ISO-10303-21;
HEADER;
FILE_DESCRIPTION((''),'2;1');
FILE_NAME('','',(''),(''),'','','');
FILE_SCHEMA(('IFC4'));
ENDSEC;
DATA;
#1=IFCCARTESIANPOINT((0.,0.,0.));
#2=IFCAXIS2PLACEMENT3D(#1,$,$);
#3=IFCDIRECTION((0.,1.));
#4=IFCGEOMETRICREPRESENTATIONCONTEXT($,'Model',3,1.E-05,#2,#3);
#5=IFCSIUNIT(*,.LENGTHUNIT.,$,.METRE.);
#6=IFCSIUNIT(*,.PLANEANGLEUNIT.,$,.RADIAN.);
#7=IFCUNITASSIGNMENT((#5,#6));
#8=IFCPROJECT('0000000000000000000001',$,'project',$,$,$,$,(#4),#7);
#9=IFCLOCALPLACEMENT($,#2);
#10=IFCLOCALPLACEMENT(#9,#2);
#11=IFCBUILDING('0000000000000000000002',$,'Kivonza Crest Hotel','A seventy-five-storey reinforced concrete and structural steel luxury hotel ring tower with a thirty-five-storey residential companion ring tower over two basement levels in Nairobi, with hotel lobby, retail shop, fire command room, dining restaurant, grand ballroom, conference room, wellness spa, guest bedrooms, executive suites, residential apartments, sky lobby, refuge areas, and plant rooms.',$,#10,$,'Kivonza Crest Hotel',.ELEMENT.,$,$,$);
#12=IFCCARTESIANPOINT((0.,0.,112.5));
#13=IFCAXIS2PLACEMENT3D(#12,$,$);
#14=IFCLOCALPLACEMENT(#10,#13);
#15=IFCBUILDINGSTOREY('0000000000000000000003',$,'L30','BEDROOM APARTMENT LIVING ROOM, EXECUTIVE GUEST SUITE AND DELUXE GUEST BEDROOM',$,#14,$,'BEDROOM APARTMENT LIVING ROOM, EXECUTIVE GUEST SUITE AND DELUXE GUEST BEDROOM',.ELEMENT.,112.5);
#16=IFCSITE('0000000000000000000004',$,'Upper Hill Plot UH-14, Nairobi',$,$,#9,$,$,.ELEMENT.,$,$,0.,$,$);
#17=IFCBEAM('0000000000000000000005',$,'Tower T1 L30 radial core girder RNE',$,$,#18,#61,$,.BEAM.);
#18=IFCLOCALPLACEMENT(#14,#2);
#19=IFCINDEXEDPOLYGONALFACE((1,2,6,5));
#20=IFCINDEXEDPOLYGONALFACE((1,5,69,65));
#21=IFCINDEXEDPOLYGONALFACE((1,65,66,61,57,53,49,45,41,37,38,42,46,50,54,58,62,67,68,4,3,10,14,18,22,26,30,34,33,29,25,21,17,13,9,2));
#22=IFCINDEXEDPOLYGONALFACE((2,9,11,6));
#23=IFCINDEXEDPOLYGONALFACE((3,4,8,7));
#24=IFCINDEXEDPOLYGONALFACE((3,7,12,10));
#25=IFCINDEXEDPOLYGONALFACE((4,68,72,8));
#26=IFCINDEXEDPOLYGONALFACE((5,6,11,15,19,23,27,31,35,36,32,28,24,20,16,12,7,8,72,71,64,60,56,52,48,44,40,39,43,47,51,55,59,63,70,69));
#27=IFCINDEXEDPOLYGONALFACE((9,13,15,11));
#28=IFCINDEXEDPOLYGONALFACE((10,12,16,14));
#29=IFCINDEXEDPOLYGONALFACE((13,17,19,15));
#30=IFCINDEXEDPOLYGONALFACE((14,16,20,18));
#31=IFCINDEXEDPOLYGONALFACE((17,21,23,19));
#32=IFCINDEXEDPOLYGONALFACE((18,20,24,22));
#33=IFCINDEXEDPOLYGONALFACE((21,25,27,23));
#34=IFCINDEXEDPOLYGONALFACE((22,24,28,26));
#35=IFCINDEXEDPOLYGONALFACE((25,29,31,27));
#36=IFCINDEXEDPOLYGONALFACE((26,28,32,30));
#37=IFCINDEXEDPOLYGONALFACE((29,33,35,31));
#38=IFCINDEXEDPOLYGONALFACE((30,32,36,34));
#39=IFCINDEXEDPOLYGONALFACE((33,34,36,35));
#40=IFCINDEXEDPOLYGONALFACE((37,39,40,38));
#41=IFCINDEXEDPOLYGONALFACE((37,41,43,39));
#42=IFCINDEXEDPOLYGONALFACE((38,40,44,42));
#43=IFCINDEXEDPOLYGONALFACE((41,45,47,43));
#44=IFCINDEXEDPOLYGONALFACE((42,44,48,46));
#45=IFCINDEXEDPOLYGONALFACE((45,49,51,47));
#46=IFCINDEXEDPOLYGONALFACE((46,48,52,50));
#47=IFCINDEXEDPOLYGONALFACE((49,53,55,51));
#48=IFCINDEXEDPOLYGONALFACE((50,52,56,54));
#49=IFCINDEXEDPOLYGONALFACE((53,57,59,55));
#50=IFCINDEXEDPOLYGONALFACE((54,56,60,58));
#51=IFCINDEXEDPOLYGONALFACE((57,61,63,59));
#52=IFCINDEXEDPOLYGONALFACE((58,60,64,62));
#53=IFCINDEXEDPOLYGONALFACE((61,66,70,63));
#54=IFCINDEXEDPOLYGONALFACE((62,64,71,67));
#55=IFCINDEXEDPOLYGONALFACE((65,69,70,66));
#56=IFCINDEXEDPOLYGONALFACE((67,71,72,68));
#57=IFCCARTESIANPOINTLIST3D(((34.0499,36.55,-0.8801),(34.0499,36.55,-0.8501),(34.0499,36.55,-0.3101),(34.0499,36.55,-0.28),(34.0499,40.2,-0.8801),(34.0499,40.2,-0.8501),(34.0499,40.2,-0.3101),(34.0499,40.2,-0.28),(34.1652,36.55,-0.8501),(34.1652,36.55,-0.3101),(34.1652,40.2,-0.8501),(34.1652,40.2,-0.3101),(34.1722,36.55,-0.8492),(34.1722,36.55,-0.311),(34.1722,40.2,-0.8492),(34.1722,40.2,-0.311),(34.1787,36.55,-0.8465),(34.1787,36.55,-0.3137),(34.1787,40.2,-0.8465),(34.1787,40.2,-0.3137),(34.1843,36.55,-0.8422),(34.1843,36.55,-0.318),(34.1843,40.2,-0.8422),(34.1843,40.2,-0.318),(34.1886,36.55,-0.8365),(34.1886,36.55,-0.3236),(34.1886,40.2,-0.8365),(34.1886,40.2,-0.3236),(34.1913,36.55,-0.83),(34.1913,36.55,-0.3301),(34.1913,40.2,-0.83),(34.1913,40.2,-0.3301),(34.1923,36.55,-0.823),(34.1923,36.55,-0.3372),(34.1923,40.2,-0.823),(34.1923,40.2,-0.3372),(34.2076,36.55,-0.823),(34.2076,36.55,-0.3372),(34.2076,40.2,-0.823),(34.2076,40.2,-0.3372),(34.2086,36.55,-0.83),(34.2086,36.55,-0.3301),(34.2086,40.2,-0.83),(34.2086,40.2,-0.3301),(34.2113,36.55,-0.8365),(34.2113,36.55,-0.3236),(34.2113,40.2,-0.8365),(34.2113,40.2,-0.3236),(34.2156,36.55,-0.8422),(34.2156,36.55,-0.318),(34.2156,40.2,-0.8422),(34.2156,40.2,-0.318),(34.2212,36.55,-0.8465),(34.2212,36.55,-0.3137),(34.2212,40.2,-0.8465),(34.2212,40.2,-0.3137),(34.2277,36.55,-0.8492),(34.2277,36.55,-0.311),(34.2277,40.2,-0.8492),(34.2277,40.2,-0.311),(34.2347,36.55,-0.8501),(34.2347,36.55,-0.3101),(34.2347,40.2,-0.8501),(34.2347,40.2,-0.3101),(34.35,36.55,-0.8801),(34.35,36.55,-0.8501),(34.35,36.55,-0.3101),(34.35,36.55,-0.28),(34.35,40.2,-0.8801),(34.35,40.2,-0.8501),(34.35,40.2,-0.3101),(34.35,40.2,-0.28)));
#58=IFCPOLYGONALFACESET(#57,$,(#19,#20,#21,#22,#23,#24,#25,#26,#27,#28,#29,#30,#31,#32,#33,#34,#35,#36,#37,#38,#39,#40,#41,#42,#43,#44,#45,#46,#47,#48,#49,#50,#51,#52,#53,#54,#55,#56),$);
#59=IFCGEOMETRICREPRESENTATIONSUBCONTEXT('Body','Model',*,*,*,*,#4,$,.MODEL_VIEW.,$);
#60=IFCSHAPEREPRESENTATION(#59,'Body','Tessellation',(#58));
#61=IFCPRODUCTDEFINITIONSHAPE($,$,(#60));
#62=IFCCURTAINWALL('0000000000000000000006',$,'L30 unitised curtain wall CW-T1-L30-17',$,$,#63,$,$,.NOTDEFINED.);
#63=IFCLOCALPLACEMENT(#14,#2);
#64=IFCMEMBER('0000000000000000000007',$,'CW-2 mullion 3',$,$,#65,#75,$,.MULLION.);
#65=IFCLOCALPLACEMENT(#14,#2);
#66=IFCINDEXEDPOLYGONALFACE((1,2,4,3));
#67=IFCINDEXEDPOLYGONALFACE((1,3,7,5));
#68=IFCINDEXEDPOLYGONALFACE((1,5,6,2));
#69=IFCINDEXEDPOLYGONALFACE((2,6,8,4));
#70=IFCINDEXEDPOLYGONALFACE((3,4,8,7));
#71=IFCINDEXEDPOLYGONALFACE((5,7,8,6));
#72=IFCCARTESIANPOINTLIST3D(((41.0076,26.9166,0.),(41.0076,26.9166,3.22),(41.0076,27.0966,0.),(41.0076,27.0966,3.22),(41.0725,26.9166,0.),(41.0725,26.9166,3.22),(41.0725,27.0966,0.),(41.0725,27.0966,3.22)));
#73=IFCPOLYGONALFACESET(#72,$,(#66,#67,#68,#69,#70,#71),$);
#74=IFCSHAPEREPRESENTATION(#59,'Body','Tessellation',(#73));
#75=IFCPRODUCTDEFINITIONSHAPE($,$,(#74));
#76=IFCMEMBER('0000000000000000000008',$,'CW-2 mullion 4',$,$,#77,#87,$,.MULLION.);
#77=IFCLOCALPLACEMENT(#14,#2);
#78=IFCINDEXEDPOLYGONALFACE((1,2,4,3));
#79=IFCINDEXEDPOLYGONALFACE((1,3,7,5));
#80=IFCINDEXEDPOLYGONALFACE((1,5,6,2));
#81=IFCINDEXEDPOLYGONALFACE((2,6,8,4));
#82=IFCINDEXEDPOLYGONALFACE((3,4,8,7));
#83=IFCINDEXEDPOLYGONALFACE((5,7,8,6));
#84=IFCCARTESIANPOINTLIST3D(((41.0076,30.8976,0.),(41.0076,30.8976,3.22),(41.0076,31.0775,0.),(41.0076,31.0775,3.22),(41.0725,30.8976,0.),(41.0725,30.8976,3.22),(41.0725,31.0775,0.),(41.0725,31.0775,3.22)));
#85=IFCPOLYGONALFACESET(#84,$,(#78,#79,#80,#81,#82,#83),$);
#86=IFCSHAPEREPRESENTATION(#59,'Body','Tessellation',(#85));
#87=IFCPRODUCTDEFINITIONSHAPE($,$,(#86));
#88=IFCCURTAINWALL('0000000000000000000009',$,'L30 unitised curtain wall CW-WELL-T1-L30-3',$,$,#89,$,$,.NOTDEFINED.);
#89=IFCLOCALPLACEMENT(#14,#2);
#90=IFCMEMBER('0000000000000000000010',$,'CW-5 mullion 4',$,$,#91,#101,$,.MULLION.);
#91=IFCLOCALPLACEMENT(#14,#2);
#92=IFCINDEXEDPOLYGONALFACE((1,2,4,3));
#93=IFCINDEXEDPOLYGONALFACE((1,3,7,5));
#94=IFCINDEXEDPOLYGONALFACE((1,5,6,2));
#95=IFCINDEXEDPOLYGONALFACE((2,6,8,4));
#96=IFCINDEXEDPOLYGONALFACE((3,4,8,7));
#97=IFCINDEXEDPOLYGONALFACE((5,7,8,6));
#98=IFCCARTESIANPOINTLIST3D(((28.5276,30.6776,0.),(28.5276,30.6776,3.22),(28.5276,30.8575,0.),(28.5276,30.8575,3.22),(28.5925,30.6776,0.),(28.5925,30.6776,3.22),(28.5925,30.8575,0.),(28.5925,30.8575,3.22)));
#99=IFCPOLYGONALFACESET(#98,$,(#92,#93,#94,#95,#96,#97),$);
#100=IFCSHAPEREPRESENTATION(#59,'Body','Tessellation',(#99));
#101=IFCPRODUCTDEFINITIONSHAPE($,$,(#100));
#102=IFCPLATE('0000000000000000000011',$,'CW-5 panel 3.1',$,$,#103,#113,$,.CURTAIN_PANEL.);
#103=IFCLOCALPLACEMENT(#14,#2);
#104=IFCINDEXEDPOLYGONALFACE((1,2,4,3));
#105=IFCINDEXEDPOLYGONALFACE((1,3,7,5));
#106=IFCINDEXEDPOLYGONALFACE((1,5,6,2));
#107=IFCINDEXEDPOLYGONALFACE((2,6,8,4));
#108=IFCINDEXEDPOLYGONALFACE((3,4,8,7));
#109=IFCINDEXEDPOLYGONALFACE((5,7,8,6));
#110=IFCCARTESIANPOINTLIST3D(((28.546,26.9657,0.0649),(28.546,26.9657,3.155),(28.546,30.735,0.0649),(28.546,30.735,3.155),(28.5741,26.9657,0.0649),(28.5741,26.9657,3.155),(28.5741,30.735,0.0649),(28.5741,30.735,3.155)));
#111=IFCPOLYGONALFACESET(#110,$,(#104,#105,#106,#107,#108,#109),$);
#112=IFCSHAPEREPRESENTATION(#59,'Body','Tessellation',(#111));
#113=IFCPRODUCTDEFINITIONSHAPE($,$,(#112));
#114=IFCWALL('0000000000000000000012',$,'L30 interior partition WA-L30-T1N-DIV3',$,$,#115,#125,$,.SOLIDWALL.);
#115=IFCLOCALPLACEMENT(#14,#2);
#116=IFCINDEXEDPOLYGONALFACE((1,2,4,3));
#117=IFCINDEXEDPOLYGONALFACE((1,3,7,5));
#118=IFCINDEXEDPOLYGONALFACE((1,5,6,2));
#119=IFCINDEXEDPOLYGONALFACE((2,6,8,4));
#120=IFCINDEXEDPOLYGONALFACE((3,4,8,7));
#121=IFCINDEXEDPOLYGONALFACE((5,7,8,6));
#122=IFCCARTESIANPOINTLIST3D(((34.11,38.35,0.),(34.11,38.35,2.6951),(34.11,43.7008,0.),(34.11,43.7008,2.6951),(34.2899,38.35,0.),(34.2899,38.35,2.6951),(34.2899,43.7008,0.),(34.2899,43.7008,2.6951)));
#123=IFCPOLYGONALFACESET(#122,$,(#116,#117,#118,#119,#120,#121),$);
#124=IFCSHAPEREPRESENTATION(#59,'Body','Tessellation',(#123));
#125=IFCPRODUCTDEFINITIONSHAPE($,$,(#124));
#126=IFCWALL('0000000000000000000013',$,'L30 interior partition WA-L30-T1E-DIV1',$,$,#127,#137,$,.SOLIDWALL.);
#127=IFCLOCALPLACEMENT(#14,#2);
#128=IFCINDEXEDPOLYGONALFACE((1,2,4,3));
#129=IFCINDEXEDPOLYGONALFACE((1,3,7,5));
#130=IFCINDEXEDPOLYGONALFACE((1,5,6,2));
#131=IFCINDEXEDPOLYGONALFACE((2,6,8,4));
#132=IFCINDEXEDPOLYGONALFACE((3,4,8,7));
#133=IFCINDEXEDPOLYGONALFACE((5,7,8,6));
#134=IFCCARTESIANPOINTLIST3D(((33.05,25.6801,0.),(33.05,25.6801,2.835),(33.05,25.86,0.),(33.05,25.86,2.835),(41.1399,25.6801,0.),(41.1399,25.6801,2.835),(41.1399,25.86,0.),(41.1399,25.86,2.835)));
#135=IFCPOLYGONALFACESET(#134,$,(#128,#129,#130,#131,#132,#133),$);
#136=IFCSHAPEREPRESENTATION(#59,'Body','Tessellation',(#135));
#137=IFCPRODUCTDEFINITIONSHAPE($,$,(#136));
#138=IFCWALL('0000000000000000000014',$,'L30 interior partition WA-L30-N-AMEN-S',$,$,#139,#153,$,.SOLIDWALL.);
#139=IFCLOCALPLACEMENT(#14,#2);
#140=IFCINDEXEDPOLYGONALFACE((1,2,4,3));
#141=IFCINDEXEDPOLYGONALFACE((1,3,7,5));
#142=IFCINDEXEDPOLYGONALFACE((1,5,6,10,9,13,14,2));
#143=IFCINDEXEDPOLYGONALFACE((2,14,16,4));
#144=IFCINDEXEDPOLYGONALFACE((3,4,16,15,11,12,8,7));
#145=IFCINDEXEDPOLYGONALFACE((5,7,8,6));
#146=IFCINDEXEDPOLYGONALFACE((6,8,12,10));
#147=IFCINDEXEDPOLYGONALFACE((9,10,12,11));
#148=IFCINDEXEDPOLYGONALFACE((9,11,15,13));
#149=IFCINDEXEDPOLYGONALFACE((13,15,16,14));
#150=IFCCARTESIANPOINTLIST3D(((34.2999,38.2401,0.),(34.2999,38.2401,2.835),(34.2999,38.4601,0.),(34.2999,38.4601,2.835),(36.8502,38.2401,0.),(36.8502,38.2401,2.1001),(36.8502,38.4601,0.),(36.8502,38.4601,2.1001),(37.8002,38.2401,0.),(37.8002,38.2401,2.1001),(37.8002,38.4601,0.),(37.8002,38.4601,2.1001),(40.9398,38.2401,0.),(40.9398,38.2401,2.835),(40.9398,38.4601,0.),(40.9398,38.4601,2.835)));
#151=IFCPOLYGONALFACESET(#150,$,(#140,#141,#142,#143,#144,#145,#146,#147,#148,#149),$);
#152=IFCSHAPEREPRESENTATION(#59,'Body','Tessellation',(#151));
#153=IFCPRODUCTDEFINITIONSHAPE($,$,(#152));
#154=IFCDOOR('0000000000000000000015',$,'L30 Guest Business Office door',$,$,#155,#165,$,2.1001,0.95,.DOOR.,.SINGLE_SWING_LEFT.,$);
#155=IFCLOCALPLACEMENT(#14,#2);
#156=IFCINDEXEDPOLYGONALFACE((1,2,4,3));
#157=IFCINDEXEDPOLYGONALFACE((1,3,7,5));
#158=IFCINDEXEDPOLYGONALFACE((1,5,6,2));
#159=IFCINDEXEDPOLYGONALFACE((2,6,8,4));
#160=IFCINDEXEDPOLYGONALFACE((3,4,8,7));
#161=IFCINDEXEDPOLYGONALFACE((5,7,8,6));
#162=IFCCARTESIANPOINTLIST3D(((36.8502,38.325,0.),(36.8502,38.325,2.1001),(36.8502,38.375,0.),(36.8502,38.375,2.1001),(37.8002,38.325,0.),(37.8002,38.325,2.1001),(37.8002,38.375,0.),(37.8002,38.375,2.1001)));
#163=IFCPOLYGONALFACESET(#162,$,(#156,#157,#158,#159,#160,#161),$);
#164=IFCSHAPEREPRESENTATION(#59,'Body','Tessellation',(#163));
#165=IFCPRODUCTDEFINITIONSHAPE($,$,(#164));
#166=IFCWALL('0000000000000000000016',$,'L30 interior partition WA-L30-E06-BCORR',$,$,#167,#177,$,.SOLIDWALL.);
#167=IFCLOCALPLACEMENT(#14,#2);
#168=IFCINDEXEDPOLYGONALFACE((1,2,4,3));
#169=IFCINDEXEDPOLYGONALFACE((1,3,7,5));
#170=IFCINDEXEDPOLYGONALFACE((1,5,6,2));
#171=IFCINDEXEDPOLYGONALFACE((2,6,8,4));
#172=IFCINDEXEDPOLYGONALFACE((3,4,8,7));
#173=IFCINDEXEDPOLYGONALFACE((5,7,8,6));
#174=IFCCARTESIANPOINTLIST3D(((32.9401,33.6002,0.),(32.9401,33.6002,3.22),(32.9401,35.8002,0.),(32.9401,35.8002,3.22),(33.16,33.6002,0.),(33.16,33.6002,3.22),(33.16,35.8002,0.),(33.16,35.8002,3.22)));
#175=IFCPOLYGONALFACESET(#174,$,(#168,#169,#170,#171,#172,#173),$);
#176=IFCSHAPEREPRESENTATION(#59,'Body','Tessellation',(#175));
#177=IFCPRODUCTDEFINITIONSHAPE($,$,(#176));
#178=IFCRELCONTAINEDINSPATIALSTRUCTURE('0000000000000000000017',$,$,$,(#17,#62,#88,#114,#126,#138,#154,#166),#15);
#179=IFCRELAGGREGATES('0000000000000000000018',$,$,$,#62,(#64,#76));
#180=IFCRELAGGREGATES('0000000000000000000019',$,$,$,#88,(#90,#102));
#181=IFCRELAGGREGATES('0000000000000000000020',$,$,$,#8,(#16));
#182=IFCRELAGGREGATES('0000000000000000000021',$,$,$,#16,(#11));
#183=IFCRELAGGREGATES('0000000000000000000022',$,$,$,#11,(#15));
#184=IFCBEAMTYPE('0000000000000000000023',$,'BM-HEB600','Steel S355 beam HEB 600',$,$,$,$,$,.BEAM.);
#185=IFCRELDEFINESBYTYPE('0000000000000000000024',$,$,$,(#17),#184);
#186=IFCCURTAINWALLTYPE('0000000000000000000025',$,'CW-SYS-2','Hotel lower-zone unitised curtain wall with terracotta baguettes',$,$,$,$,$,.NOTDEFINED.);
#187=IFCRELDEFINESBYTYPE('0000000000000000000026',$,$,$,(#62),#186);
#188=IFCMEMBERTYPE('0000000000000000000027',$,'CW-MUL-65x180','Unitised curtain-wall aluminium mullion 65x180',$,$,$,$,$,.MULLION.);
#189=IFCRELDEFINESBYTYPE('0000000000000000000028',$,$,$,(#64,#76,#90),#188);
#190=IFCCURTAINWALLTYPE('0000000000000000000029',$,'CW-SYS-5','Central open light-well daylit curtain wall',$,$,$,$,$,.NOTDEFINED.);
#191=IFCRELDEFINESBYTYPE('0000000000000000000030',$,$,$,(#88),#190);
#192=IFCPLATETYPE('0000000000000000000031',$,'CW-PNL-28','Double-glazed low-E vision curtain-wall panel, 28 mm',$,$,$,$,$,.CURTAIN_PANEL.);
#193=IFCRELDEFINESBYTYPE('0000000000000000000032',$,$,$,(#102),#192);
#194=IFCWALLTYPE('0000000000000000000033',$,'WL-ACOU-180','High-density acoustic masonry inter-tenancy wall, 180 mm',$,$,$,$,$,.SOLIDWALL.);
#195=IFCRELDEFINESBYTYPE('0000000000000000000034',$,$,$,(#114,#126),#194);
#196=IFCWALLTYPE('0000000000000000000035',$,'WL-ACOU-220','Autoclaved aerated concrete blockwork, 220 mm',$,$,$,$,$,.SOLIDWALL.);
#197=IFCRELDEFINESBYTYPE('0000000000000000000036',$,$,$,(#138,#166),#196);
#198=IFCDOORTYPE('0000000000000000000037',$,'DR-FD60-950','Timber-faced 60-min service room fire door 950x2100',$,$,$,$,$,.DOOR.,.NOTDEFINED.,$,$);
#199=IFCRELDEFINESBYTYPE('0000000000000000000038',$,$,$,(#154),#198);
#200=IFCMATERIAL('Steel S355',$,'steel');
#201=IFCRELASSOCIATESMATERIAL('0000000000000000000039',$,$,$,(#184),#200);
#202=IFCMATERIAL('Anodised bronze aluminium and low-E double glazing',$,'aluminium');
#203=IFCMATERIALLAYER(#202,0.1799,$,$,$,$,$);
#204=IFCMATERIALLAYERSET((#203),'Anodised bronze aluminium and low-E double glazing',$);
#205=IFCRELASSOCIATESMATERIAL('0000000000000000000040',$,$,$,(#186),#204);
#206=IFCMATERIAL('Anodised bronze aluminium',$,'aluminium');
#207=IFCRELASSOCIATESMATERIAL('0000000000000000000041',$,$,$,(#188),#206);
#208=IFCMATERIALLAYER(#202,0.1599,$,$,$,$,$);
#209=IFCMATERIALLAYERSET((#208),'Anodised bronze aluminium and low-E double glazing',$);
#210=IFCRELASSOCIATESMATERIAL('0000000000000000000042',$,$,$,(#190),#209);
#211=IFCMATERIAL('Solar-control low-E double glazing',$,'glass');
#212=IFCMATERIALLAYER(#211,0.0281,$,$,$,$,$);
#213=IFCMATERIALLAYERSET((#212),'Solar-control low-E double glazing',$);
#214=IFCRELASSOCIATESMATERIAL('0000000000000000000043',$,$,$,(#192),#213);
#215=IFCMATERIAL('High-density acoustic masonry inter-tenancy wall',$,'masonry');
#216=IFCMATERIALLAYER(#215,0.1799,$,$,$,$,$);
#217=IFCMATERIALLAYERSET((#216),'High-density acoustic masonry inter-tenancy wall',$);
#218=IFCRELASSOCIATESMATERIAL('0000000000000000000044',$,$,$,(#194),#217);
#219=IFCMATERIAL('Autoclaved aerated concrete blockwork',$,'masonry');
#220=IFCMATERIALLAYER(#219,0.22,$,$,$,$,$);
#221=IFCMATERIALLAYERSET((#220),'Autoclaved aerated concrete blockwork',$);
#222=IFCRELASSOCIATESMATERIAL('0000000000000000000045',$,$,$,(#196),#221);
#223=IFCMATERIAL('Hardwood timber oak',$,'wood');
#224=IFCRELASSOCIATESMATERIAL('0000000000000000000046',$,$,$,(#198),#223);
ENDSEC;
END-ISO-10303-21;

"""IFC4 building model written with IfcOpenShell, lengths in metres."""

from ifc_helpers import new_model, si_unit, direction, frame, frame_2d, origin, origin_2d, place, context, subcontext, project, spatial, rectangle, i_section, extrude, material, layer, layer_set, material_profile, profile_set, type_object, element, fill, aggregate, save


model = new_model("IFC4")

# Units and contexts
model_context = context("Model", 3, precision=1e-05, world=origin(), true_north=direction((0.0, 1.0)))
body_context = subcontext(model_context, "Body", "Model", "MODEL_VIEW")
ifc_project = project(units=[si_unit("LENGTHUNIT", "METRE"), si_unit("PLANEANGLEUNIT", "RADIAN")], contexts=[model_context])

# Site, building, storey
site_placement = place(None, origin())
site = spatial("IfcSite", under=ifc_project, at=site_placement, Name="Upper Hill Plot UH-14, Nairobi", CompositionType="ELEMENT", RefElevation=0.0)
building_placement = place(site_placement, origin())
building = spatial("IfcBuilding", under=site, at=building_placement, Name="Kivonza Crest Hotel", Description="A seventy-five-storey reinforced concrete and structural steel luxury hotel ring tower with a thirty-five-storey residential companion ring tower over two basement levels in Nairobi, with hotel lobby, retail shop, fire command room, dining restaurant, grand ballroom, conference room, wellness spa, guest bedrooms, executive suites, residential apartments, sky lobby, refuge areas, and plant rooms.", LongName="Kivonza Crest Hotel", CompositionType="ELEMENT")
storey_placement = place(building_placement, frame((0.0, 0.0, 112.5)))
storey = spatial("IfcBuildingStorey", under=building, at=storey_placement, Name="L30", Description="BEDROOM APARTMENT LIVING ROOM, EXECUTIVE GUEST SUITE AND DELUXE GUEST BEDROOM", LongName="BEDROOM APARTMENT LIVING ROOM, EXECUTIVE GUEST SUITE AND DELUXE GUEST BEDROOM", CompositionType="ELEMENT", Elevation=112.5)

# Beam
ifc_material_1 = material(Name="Steel S355", Category="steel")
ifc_material_profile_1 = material_profile(ifc_material_1, i_section(OverallWidth=0.3, OverallDepth=0.6001, WebThickness=0.0154, FlangeThickness=0.03, FilletRadius=0.0271, at=origin_2d()), Name="HEB 600")
ifc_profile_set_1 = profile_set([ifc_material_profile_1], Name="Steel S355")
beam_type_1 = type_object("IfcBeamType", Name="BM-HEB600", Description="Steel S355 beam HEB 600", PredefinedType="BEAM", material=ifc_profile_set_1)
beam_1_placement = place(storey_placement, frame((34.2, 40.2, -0.5801), z_axis=(0.0, -1.0, 0.0), x_axis=(1.0, 0.0, 0.0)))
element("IfcBeam", 1, at=beam_1_placement, inside=storey, type_object=beam_type_1, Name="Tower T1 L30 radial core girder RNE", PredefinedType="BEAM", context=body_context, shape_type="SweptSolid", body=[
    extrude(i_section(OverallWidth=0.3, OverallDepth=0.6001, WebThickness=0.0154, FlangeThickness=0.03, FilletRadius=0.0271, at=origin_2d()), origin(), (0.0, 0.0, 1.0), 3.6499),
])

# Curtain wall, members
ifc_material_2 = material(Name="Anodised bronze aluminium and low-E double glazing", Category="aluminium")
ifc_layer_1 = layer(ifc_material_2, 0.1799)
ifc_layer_set_1 = layer_set([ifc_layer_1], Name="Anodised bronze aluminium and low-E double glazing")
curtain_wall_type_1 = type_object("IfcCurtainWallType", Name="CW-SYS-2", Description="Hotel lower-zone unitised curtain wall with terracotta baguettes", PredefinedType="NOTDEFINED", material=ifc_layer_set_1)
curtain_wall_1_placement = place(storey_placement, origin())
curtain_wall_1 = element("IfcCurtainWall", 2, at=curtain_wall_1_placement, inside=storey, type_object=curtain_wall_type_1, Name="L30 unitised curtain wall CW-T1-L30-17", PredefinedType="NOTDEFINED")
ifc_material_3 = material(Name="Anodised bronze aluminium", Category="aluminium")
ifc_material_profile_2 = material_profile(ifc_material_3, rectangle(XDim=0.0649, YDim=0.1799, at=origin_2d()), Name="CW-M 65x180")
ifc_profile_set_2 = profile_set([ifc_material_profile_2], Name="Anodised bronze aluminium")
member_type = type_object("IfcMemberType", Name="CW-MUL-65x180", Description="Unitised curtain-wall aluminium mullion 65x180", PredefinedType="MULLION", material=ifc_profile_set_2)
member_1_placement = place(storey_placement, frame((41.04, 27.0066, 0.0), z_axis=(0.0, 0.0, 1.0), x_axis=(-1.0, 0.0, 0.0)))
member_1 = element("IfcMember", 3, at=member_1_placement, type_object=member_type, Name="CW-2 mullion 3", PredefinedType="MULLION", context=body_context, shape_type="SweptSolid", body=[
    extrude(rectangle(XDim=0.0649, YDim=0.1799, at=origin_2d()), origin(), (0.0, 0.0, 1.0), 3.22),
])
member_2_placement = place(storey_placement, frame((41.04, 30.9875, 0.0), z_axis=(0.0, 0.0, 1.0), x_axis=(-1.0, 0.0, 0.0)))
member_2 = element("IfcMember", 4, at=member_2_placement, type_object=member_type, Name="CW-2 mullion 4", PredefinedType="MULLION", context=body_context, shape_type="SweptSolid", body=[
    extrude(rectangle(XDim=0.0649, YDim=0.1799, at=origin_2d()), origin(), (0.0, 0.0, 1.0), 3.22),
])
aggregate(curtain_wall_1, [member_1, member_2])

# Curtain wall, member, plate
ifc_layer_2 = layer(ifc_material_2, 0.1599)
ifc_layer_set_2 = layer_set([ifc_layer_2], Name="Anodised bronze aluminium and low-E double glazing")
curtain_wall_type_2 = type_object("IfcCurtainWallType", Name="CW-SYS-5", Description="Central open light-well daylit curtain wall", PredefinedType="NOTDEFINED", material=ifc_layer_set_2)
curtain_wall_2_placement = place(storey_placement, origin())
curtain_wall_2 = element("IfcCurtainWall", 5, at=curtain_wall_2_placement, inside=storey, type_object=curtain_wall_type_2, Name="L30 unitised curtain wall CW-WELL-T1-L30-3", PredefinedType="NOTDEFINED")
member_3_placement = place(storey_placement, frame((28.5601, 30.7676, 0.0), z_axis=(0.0, 0.0, 1.0), x_axis=(-1.0, 0.0, 0.0)))
member_3 = element("IfcMember", 6, at=member_3_placement, type_object=member_type, Name="CW-5 mullion 4", PredefinedType="MULLION", context=body_context, shape_type="SweptSolid", body=[
    extrude(rectangle(XDim=0.0649, YDim=0.1799, at=origin_2d()), origin(), (0.0, 0.0, 1.0), 3.22),
])
ifc_material_4 = material(Name="Solar-control low-E double glazing", Category="glass")
ifc_layer_3 = layer(ifc_material_4, 0.0281)
ifc_layer_set_3 = layer_set([ifc_layer_3], Name="Solar-control low-E double glazing")
plate_type = type_object("IfcPlateType", Name="CW-PNL-28", Description="Double-glazed low-E vision curtain-wall panel, 28 mm", PredefinedType="CURTAIN_PANEL", material=ifc_layer_set_3)
plate_placement = place(storey_placement, frame((28.5601, 28.8503, 0.0649), z_axis=(0.0, 0.0, 1.0), x_axis=(0.0, 1.0, 0.0)))
plate = element("IfcPlate", 7, at=plate_placement, type_object=plate_type, Name="CW-5 panel 3.1", PredefinedType="CURTAIN_PANEL", context=body_context, shape_type="SweptSolid", body=[
    extrude(rectangle(XDim=3.7693, YDim=0.0281, at=origin_2d()), origin(), (0.0, 0.0, 1.0), 3.0901),
])
aggregate(curtain_wall_2, [member_3, plate])

# Walls
ifc_material_5 = material(Name="High-density acoustic masonry inter-tenancy wall", Category="masonry")
ifc_layer_4 = layer(ifc_material_5, 0.1799)
ifc_layer_set_4 = layer_set([ifc_layer_4], Name="High-density acoustic masonry inter-tenancy wall")
wall_type_1 = type_object("IfcWallType", Name="WL-ACOU-180", Description="High-density acoustic masonry inter-tenancy wall, 180 mm", PredefinedType="SOLIDWALL", material=ifc_layer_set_4)
wall_1_placement = place(storey_placement, frame((34.2, 38.3501, 0.0), z_axis=(0.0, 0.0, 1.0), x_axis=(0.0, 1.0, 0.0)))
element("IfcWall", 8, at=wall_1_placement, inside=storey, type_object=wall_type_1, Name="L30 interior partition WA-L30-T1N-DIV3", PredefinedType="SOLIDWALL", context=body_context, shape_type="SweptSolid", body=[
    extrude(rectangle(XDim=5.3508, YDim=0.1799, at=frame_2d((2.6753, 0.0))), origin(), (0.0, 0.0, 1.0), 2.6951),
])
wall_2_placement = place(storey_placement, frame((33.05, 25.77, 0.0), z_axis=(0.0, 0.0, 1.0), x_axis=(1.0, 0.0, 0.0)))
element("IfcWall", 9, at=wall_2_placement, inside=storey, type_object=wall_type_1, Name="L30 interior partition WA-L30-T1E-DIV1", PredefinedType="SOLIDWALL", context=body_context, shape_type="SweptSolid", body=[
    extrude(rectangle(XDim=8.0898, YDim=0.1799, at=frame_2d((4.0449, 0.0))), origin(), (0.0, 0.0, 1.0), 2.835),
])

# Wall, opening, door
ifc_material_6 = material(Name="Autoclaved aerated concrete blockwork", Category="masonry")
ifc_layer_5 = layer(ifc_material_6, 0.22)
ifc_layer_set_5 = layer_set([ifc_layer_5], Name="Autoclaved aerated concrete blockwork")
wall_type_2 = type_object("IfcWallType", Name="WL-ACOU-220", Description="Autoclaved aerated concrete blockwork, 220 mm", PredefinedType="SOLIDWALL", material=ifc_layer_set_5)
wall_3_placement = place(storey_placement, frame((34.3, 38.3501, 0.0), z_axis=(0.0, 0.0, 1.0), x_axis=(1.0, 0.0, 0.0)))
wall_3 = element("IfcWall", 10, at=wall_3_placement, inside=storey, type_object=wall_type_2, Name="L30 interior partition WA-L30-N-AMEN-S", PredefinedType="SOLIDWALL", context=body_context, shape_type="SweptSolid", body=[
    extrude(rectangle(XDim=6.6399, YDim=0.22, at=frame_2d((3.3198, 0.0))), origin(), (0.0, 0.0, 1.0), 2.835),
])
opening_1_placement = place(wall_3_placement, frame((2.55, 0.0, 0.0)))
opening_1 = element("IfcOpeningElement", 11, at=opening_1_placement, cuts=wall_3, PredefinedType="OPENING", context=body_context, shape_type="SweptSolid", body=[
    extrude(rectangle(XDim=0.95, YDim=2.1001, at=frame_2d((0.4751, 1.05))), frame((0.0, 0.1201, 0.0), z_axis=(0.0, -1.0, 0.0), x_axis=(1.0, 0.0, 0.0)), (0.0, 0.0, 1.0), 0.24),
])
ifc_material_7 = material(Name="Hardwood timber oak", Category="wood")
door_type_1 = type_object("IfcDoorType", Name="DR-FD60-950", Description="Timber-faced 60-min service room fire door 950x2100", OperationType="NOTDEFINED", PredefinedType="DOOR", material=ifc_material_7)
door_1_placement = place(opening_1_placement, origin())
door_1 = element("IfcDoor", 12, at=door_1_placement, inside=storey, type_object=door_type_1, Name="L30 Guest Business Office door", OperationType="SINGLE_SWING_LEFT", OverallHeight=2.1001, OverallWidth=0.95, PredefinedType="DOOR", context=body_context, shape_type="SweptSolid", body=[
    extrude(rectangle(XDim=0.95, YDim=2.1001, at=frame_2d((0.4751, 1.05))), frame((0.0, 0.0249, 0.0), z_axis=(0.0, -1.0, 0.0), x_axis=(1.0, 0.0, 0.0)), (0.0, 0.0, 1.0), 0.05),
])
fill(opening_1, door_1)

# Wall
wall_4_placement = place(storey_placement, frame((33.05, 33.6001, 0.0), z_axis=(0.0, 0.0, 1.0), x_axis=(0.0, 1.0, 0.0)))
element("IfcWall", 13, at=wall_4_placement, inside=storey, type_object=wall_type_2, Name="L30 interior partition WA-L30-E06-BCORR", PredefinedType="SOLIDWALL", context=body_context, shape_type="SweptSolid", body=[
    extrude(rectangle(XDim=2.2, YDim=0.22, at=frame_2d((1.1001, 0.0))), origin(), (0.0, 0.0, 1.0), 3.22),
])

save(model, "model.ifc")
